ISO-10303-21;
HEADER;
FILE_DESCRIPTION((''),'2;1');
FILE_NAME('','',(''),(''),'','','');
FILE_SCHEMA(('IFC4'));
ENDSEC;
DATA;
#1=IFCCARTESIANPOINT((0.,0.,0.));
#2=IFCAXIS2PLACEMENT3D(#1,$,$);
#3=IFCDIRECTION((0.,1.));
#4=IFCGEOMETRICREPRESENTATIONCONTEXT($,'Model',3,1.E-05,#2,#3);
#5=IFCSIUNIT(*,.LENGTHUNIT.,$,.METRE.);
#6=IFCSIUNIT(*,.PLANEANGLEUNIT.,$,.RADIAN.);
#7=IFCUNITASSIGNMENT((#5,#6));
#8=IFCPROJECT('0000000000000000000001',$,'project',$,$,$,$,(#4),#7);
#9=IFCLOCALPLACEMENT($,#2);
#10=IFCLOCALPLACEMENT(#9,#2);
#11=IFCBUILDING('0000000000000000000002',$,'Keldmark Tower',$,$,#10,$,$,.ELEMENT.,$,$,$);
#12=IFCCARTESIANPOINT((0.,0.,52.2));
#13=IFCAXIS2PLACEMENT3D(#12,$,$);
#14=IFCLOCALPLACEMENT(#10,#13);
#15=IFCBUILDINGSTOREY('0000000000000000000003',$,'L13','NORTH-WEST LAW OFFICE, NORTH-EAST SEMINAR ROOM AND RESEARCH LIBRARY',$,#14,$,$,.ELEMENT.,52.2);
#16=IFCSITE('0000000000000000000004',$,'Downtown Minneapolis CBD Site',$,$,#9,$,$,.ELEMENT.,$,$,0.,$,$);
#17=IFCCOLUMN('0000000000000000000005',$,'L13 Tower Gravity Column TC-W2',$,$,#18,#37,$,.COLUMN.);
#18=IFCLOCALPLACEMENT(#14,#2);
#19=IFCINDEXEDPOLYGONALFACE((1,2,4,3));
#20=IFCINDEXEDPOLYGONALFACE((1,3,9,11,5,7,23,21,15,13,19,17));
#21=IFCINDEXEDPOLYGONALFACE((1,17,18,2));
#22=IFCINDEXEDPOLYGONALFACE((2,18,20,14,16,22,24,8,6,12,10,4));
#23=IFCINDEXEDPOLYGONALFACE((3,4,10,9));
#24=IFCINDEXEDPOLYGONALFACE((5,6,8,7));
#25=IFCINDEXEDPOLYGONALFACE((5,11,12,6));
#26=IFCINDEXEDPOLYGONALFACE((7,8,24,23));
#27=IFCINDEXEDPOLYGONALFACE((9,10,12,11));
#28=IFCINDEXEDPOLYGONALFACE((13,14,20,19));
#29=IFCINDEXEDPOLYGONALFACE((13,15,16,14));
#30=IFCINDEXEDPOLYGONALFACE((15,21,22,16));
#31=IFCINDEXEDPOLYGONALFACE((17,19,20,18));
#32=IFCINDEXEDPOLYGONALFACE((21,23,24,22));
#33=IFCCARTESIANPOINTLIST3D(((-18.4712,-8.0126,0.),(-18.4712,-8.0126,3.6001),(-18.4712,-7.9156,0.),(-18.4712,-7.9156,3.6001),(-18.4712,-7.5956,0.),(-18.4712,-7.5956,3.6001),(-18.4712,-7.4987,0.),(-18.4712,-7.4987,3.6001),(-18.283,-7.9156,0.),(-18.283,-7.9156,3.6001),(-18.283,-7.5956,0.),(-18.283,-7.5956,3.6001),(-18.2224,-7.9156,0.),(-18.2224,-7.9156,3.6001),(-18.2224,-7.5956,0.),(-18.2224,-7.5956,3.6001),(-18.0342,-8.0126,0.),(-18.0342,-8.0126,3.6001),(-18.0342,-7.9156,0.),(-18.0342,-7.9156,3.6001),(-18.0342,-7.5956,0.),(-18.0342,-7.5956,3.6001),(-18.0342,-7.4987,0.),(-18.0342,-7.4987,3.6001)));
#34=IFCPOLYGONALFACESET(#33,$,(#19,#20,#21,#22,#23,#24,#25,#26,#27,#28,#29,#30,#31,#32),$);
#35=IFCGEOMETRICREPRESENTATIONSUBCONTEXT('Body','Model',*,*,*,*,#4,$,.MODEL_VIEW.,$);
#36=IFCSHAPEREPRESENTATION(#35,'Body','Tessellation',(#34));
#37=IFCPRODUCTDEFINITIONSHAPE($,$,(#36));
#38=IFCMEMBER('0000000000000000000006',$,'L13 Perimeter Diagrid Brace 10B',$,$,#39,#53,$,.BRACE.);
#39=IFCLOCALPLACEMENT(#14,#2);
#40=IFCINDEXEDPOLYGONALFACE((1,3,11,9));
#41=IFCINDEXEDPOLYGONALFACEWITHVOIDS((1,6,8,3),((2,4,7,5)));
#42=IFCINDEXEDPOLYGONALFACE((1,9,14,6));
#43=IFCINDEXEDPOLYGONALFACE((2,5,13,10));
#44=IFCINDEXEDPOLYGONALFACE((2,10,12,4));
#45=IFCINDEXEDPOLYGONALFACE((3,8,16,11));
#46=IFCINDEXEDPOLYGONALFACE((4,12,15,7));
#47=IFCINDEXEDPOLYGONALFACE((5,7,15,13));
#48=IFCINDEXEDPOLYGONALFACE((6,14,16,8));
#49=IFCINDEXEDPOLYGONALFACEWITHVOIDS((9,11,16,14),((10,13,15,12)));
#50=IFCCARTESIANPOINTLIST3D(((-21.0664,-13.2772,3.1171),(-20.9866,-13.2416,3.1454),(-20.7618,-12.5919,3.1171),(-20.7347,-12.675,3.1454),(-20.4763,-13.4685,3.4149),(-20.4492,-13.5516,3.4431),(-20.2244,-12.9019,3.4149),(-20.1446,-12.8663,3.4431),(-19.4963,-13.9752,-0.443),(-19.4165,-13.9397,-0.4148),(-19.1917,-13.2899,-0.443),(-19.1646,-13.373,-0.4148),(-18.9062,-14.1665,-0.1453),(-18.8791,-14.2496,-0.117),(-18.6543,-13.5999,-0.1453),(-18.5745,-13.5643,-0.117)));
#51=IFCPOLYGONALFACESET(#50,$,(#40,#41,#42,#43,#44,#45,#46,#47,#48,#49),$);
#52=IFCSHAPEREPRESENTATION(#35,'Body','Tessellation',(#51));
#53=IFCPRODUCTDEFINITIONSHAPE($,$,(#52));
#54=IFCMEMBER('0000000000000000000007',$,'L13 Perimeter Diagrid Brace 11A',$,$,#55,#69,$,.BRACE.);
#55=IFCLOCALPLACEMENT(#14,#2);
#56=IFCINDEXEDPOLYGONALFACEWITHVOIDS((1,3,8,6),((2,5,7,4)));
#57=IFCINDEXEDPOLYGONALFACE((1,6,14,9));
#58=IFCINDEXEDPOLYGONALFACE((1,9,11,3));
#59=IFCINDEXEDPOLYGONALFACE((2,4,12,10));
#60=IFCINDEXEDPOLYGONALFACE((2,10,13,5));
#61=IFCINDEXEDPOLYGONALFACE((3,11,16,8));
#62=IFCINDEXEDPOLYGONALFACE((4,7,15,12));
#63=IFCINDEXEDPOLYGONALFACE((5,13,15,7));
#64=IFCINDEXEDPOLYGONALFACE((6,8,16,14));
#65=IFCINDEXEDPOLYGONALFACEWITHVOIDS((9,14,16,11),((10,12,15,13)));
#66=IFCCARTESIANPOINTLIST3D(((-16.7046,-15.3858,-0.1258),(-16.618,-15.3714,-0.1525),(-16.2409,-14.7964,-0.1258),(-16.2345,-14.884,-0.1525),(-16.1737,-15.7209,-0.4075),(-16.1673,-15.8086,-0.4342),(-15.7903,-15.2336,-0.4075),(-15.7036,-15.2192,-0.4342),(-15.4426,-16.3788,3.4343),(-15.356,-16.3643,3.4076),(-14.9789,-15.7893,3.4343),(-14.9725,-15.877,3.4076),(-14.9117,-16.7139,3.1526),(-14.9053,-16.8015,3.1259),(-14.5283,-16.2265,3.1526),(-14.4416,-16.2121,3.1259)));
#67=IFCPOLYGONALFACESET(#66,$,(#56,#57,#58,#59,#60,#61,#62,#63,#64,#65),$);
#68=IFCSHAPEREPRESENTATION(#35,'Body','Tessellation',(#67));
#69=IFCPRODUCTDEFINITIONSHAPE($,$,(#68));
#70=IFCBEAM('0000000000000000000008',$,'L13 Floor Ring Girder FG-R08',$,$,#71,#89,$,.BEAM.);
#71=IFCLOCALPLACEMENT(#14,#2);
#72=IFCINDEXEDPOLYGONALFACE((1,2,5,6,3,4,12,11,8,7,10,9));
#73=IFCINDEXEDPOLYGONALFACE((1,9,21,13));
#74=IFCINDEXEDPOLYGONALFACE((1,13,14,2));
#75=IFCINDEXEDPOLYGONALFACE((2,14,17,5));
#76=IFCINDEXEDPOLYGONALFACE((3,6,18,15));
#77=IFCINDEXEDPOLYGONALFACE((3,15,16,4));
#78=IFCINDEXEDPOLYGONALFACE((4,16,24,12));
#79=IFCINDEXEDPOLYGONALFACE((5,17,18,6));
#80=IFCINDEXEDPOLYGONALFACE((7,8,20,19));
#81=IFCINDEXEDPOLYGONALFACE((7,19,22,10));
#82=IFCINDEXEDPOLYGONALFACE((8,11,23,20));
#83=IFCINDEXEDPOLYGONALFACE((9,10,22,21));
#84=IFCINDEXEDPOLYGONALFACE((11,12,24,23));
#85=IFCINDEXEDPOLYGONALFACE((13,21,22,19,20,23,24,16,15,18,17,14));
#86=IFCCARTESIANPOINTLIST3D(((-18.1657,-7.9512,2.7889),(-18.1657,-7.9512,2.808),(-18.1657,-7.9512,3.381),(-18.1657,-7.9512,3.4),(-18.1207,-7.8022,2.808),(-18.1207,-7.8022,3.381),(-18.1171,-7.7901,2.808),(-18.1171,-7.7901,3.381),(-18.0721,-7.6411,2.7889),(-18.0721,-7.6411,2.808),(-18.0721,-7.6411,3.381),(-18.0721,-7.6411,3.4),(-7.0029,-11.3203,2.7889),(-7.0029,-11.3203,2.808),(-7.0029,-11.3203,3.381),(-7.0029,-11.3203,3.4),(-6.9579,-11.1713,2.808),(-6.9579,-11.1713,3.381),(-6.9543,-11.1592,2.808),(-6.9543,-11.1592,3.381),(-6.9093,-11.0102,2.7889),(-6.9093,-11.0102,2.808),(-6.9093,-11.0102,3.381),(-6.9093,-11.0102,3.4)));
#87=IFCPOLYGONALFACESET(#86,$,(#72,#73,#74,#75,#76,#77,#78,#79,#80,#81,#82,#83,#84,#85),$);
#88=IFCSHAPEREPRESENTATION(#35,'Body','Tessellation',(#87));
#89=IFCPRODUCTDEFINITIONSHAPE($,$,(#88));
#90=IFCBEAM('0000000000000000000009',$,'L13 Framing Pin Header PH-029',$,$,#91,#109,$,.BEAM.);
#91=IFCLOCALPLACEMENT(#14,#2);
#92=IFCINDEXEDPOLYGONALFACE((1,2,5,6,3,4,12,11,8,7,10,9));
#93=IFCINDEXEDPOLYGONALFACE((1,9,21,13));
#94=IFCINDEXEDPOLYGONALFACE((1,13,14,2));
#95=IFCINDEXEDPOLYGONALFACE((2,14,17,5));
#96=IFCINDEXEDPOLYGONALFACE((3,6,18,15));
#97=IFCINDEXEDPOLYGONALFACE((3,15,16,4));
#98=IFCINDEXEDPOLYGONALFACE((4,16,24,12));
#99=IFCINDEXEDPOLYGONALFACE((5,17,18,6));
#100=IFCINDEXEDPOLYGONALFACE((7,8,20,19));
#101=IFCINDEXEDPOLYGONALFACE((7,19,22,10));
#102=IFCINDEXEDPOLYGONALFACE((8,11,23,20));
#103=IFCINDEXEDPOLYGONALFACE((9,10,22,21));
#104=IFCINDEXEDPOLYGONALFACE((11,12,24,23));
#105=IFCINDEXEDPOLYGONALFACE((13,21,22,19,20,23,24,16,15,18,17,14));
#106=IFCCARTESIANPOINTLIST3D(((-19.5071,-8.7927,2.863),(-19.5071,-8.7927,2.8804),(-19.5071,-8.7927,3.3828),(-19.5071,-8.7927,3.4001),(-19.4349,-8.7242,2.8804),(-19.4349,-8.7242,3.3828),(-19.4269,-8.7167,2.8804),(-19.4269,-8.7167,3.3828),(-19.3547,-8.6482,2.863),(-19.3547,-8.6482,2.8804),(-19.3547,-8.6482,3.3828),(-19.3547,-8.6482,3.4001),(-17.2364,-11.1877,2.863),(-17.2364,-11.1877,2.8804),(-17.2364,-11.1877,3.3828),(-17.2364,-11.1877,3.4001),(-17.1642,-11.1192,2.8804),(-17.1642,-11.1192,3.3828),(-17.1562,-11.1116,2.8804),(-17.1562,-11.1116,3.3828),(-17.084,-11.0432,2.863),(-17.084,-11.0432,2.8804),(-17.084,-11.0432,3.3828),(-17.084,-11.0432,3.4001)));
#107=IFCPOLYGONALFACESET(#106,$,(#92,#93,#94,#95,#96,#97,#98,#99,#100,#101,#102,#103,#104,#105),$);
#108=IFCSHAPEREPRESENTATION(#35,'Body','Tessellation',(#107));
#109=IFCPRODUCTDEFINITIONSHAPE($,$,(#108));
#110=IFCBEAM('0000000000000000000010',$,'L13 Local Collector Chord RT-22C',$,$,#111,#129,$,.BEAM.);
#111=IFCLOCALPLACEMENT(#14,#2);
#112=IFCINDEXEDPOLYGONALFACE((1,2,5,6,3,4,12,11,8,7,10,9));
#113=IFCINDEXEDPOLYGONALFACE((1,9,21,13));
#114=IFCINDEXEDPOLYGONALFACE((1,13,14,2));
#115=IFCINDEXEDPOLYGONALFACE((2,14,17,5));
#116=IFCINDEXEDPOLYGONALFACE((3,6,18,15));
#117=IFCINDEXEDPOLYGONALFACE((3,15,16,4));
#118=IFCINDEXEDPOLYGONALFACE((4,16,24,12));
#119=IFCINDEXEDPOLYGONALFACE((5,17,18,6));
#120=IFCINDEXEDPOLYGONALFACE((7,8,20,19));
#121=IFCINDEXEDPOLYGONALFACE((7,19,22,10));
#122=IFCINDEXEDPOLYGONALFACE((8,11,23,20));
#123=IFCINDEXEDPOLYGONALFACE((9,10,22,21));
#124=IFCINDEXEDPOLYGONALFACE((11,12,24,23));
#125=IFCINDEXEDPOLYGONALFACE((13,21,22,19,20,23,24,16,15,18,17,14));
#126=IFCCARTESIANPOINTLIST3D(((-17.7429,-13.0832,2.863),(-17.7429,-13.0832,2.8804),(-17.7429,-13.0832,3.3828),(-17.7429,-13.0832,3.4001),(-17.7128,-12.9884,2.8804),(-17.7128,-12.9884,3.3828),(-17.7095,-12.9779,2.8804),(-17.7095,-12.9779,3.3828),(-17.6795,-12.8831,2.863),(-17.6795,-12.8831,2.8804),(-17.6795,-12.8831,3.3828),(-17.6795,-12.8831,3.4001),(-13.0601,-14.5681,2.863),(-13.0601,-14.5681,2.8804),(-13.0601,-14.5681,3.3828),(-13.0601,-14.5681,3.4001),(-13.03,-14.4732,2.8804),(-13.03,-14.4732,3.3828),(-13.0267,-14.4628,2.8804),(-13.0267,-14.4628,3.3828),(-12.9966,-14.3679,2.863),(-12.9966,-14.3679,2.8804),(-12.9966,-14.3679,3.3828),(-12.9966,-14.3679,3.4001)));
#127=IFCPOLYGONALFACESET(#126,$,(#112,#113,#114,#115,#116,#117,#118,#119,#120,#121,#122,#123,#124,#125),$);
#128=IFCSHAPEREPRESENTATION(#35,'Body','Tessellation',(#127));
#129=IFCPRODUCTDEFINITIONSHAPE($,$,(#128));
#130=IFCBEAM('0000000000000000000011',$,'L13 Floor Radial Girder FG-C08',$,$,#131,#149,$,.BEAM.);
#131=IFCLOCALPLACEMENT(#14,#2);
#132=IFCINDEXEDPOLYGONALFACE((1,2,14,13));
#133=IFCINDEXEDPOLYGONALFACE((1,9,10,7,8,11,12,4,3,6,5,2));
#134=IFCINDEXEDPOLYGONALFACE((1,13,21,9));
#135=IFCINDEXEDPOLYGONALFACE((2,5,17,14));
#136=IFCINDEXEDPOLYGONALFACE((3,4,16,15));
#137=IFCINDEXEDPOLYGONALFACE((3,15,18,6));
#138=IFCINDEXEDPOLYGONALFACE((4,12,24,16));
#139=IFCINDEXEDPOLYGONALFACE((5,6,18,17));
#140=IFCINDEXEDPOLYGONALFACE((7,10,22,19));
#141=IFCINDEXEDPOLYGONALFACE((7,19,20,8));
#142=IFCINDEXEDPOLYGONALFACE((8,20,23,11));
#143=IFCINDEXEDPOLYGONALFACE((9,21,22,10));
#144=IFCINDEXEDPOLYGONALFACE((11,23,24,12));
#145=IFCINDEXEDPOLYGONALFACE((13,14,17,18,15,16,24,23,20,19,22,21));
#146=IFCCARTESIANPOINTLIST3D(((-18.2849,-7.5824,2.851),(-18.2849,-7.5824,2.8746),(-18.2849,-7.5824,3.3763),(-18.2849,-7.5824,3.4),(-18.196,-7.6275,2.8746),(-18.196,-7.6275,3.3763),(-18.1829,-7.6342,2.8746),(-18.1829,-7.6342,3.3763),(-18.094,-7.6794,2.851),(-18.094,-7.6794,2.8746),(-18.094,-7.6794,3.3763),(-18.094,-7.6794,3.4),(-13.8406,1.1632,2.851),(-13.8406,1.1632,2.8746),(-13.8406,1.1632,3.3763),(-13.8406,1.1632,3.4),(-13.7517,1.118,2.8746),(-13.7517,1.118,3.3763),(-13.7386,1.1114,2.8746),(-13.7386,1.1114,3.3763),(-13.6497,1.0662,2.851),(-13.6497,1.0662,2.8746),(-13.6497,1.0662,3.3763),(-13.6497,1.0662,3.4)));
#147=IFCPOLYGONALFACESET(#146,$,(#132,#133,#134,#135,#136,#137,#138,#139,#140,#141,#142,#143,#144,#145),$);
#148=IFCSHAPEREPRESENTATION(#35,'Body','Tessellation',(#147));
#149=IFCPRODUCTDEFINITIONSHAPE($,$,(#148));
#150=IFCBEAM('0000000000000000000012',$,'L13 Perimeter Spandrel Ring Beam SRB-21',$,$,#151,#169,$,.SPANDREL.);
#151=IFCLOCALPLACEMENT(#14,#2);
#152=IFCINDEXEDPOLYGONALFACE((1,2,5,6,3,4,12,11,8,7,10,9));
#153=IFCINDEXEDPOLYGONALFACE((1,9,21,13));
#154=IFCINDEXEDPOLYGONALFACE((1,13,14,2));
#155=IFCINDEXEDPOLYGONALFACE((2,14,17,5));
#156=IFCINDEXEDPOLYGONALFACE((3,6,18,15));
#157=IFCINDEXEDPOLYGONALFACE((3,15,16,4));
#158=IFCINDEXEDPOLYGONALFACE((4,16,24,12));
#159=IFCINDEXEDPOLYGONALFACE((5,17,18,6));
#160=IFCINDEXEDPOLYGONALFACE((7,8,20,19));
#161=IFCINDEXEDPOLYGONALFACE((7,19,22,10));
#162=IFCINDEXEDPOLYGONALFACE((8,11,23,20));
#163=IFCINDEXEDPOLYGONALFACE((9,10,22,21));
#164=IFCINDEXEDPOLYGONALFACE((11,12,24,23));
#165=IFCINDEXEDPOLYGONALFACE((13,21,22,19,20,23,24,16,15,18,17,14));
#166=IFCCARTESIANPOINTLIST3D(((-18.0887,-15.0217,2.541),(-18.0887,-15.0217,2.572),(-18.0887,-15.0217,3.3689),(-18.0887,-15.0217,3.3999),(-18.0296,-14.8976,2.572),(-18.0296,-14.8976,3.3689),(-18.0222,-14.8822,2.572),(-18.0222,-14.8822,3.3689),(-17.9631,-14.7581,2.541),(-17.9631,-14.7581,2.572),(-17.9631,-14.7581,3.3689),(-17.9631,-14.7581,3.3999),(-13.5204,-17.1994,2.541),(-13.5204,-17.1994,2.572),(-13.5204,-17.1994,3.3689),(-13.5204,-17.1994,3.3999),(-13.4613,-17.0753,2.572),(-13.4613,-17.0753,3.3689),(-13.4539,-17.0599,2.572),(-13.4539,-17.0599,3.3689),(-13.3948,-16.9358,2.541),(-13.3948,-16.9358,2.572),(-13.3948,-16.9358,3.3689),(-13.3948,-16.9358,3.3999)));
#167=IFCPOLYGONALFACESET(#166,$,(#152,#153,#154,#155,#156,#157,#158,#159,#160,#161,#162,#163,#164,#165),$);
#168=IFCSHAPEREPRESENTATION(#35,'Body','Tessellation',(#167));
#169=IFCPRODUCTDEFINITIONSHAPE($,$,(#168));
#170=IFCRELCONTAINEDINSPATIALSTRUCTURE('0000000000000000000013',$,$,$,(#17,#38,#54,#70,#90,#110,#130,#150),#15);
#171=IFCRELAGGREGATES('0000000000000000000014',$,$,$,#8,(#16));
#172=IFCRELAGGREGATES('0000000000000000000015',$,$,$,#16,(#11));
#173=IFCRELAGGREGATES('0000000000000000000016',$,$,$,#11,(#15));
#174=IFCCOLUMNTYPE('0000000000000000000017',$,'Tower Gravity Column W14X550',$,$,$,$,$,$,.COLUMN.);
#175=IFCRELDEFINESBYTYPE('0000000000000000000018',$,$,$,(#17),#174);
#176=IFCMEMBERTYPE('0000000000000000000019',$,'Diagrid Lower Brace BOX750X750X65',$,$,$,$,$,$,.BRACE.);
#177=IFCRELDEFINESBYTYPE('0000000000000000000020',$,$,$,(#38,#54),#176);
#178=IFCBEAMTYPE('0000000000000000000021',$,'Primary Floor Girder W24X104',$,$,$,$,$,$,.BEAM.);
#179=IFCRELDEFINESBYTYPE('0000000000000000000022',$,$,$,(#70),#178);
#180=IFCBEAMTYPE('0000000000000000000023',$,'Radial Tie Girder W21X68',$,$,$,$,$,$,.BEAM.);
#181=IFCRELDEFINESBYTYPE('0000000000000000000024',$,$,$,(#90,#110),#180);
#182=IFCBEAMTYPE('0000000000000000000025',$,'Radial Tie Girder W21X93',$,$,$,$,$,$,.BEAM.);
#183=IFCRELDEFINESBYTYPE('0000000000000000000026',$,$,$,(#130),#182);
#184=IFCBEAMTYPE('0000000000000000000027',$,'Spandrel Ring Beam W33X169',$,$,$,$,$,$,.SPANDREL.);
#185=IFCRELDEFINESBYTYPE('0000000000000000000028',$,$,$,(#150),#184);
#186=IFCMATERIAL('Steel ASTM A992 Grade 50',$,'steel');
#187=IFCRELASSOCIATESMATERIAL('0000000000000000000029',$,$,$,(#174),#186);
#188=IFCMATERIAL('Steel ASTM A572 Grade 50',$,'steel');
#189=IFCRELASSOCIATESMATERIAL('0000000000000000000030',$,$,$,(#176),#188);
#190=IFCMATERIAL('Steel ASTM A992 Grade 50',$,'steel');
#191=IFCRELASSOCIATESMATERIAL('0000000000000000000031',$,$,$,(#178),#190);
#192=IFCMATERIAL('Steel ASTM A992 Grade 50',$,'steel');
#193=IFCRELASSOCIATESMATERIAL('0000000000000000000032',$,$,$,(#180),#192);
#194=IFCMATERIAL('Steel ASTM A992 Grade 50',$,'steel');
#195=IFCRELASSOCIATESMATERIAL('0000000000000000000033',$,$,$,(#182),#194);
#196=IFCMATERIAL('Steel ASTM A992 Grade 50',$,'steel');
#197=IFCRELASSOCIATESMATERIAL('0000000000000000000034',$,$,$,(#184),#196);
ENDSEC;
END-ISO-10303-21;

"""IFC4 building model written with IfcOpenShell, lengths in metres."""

from ifc_helpers import new_model, si_unit, direction, frame, origin, origin_2d, place, context, subcontext, project, spatial, hollow_rectangle, i_section, extrude, material, material_profile, profile_set, type_object, element, save


model = new_model("IFC4")

# Units and contexts
model_context = context("Model", 3, precision=1e-05, world=origin(), true_north=direction((0.0, 1.0)))
body_context = subcontext(model_context, "Body", "Model", "MODEL_VIEW")
ifc_project = project(units=[si_unit("LENGTHUNIT", "METRE"), si_unit("PLANEANGLEUNIT", "RADIAN")], contexts=[model_context])

# Site, building, storey
site_placement = place(None, origin())
site = spatial("IfcSite", under=ifc_project, at=site_placement, Name="Downtown Minneapolis CBD Site", CompositionType="ELEMENT", RefElevation=0.0)
building_placement = place(site_placement, origin())
building = spatial("IfcBuilding", under=site, at=building_placement, Name="Keldmark Tower", CompositionType="ELEMENT")
storey_placement = place(building_placement, frame((0.0, 0.0, 52.2)))
storey = spatial("IfcBuildingStorey", under=building, at=storey_placement, Name="L13", Description="NORTH-WEST LAW OFFICE, NORTH-EAST SEMINAR ROOM AND RESEARCH LIBRARY", CompositionType="ELEMENT", Elevation=52.2)

# Column
ifc_material_1 = material(Name="Steel ASTM A992 Grade 50", Category="steel")
ifc_material_profile_1 = material_profile(ifc_material_1, i_section(OverallWidth=0.437, OverallDepth=0.5139, WebThickness=0.0605, FlangeThickness=0.0969, at=origin_2d()), Name="W14X550")
ifc_profile_set_1 = profile_set([ifc_material_profile_1], Name="Steel ASTM A992 Grade 50")
column_type = type_object("IfcColumnType", Name="Tower Gravity Column W14X550", PredefinedType="COLUMN", material=ifc_profile_set_1)
column_placement = place(storey_placement, frame((-18.2527, -7.7556, 0.0), z_axis=(0.0, 0.0, 1.0), x_axis=(1.0, 0.0, 0.0)))
element("IfcColumn", 1, at=column_placement, inside=storey, type_object=column_type, Name="L13 Tower Gravity Column TC-W2", PredefinedType="COLUMN", context=body_context, shape_type="SweptSolid", body=[
    extrude(i_section(OverallWidth=0.437, OverallDepth=0.5139, WebThickness=0.0605, FlangeThickness=0.0969, at=origin_2d()), origin(), (0.0, 0.0, 1.0), 3.6001),
])

# Members
ifc_material_2 = material(Name="Steel ASTM A572 Grade 50", Category="steel")
ifc_material_profile_2 = material_profile(ifc_material_2, hollow_rectangle(XDim=0.75, YDim=0.75, WallThickness=0.0649, at=origin_2d()), Name="BOX750X750X65")
ifc_profile_set_2 = profile_set([ifc_material_profile_2], Name="Steel ASTM A572 Grade 50")
member_type = type_object("IfcMemberType", Name="Diagrid Lower Brace BOX750X750X65", PredefinedType="BRACE", material=ifc_profile_set_2)
member_1_placement = place(storey_placement, frame((-19.0354, -13.7698, -0.28), z_axis=(-0.397182, 0.176574, 0.900593), x_axis=(-0.406231, -0.913771, 0.0)))
element("IfcMember", 2, at=member_1_placement, inside=storey, type_object=member_type, Name="L13 Perimeter Diagrid Brace 10B", PredefinedType="BRACE", context=body_context, shape_type="SweptSolid", body=[
    extrude(hollow_rectangle(XDim=0.75, YDim=0.75, WallThickness=0.0649, at=origin_2d()), origin(), (0.0, 0.0, 1.0), 3.9531),
])
member_2_placement = place(storey_placement, frame((-16.2041, -15.3025, -0.28), z_axis=(0.32313, -0.25424, 0.911564), x_axis=(0.618352, 0.785901, 0.0)))
element("IfcMember", 3, at=member_2_placement, inside=storey, type_object=member_type, Name="L13 Perimeter Diagrid Brace 11A", PredefinedType="BRACE", context=body_context, shape_type="SweptSolid", body=[
    extrude(hollow_rectangle(XDim=0.75, YDim=0.75, WallThickness=0.0649, at=origin_2d()), origin(), (0.0, 0.0, 1.0), 3.9055),
])

# Beams
ifc_material_3 = material(Name="Steel ASTM A992 Grade 50", Category="steel")
ifc_material_profile_3 = material_profile(ifc_material_3, i_section(OverallWidth=0.324, OverallDepth=0.6111, WebThickness=0.0127, FlangeThickness=0.019, at=origin_2d()), Name="W24X104")
ifc_profile_set_3 = profile_set([ifc_material_profile_3], Name="Steel ASTM A992 Grade 50")
beam_type_1 = type_object("IfcBeamType", Name="Primary Floor Girder W24X104", PredefinedType="BEAM", material=ifc_profile_set_3)
beam_1_placement = place(storey_placement, frame((-18.1189, -7.7961, 3.0945), z_axis=(0.957346, -0.288944, 0.0), x_axis=(0.288944, 0.957346, 0.0)))
element("IfcBeam", 4, at=beam_1_placement, inside=storey, type_object=beam_type_1, Name="L13 Floor Ring Girder FG-R08", PredefinedType="BEAM", context=body_context, shape_type="SweptSolid", body=[
    extrude(i_section(OverallWidth=0.324, OverallDepth=0.6111, WebThickness=0.0127, FlangeThickness=0.019, at=origin_2d()), origin(), (0.0, 0.0, 1.0), 11.6602),
])
ifc_material_4 = material(Name="Steel ASTM A992 Grade 50", Category="steel")
ifc_material_profile_4 = material_profile(ifc_material_4, i_section(OverallWidth=0.21, OverallDepth=0.5371, WebThickness=0.011, FlangeThickness=0.0173, at=origin_2d()), Name="W21X68")
ifc_profile_set_4 = profile_set([ifc_material_profile_4], Name="Steel ASTM A992 Grade 50")
beam_type_2 = type_object("IfcBeamType", Name="Radial Tie Girder W21X68", PredefinedType="BEAM", material=ifc_profile_set_4)
beam_2_placement = place(storey_placement, frame((-19.4309, -8.7205, 3.1316), z_axis=(0.68803, -0.725682, 0.0), x_axis=(0.725682, 0.68803, 0.0)))
element("IfcBeam", 5, at=beam_2_placement, inside=storey, type_object=beam_type_2, Name="L13 Framing Pin Header PH-029", PredefinedType="BEAM", context=body_context, shape_type="SweptSolid", body=[
    extrude(i_section(OverallWidth=0.21, OverallDepth=0.5371, WebThickness=0.011, FlangeThickness=0.0173, at=origin_2d()), origin(), (0.0, 0.0, 1.0), 3.3003),
])
beam_3_placement = place(storey_placement, frame((-17.7112, -12.9832, 3.1316), z_axis=(0.953227, -0.302254, 0.0), x_axis=(0.302254, 0.953227, 0.0)))
element("IfcBeam", 6, at=beam_3_placement, inside=storey, type_object=beam_type_2, Name="L13 Local Collector Chord RT-22C", PredefinedType="BEAM", context=body_context, shape_type="SweptSolid", body=[
    extrude(i_section(OverallWidth=0.21, OverallDepth=0.5371, WebThickness=0.011, FlangeThickness=0.0173, at=origin_2d()), origin(), (0.0, 0.0, 1.0), 4.9126),
])
ifc_material_5 = material(Name="Steel ASTM A992 Grade 50", Category="steel")
ifc_material_profile_5 = material_profile(ifc_material_5, i_section(OverallWidth=0.2141, OverallDepth=0.5491, WebThickness=0.0146, FlangeThickness=0.0237, at=origin_2d()), Name="W21X93")
ifc_profile_set_5 = profile_set([ifc_material_profile_5], Name="Steel ASTM A992 Grade 50")
beam_type_3 = type_object("IfcBeamType", Name="Radial Tie Girder W21X93", PredefinedType="BEAM", material=ifc_profile_set_5)
beam_4_placement = place(storey_placement, frame((-18.1895, -7.6309, 3.1255), z_axis=(0.453038, 0.891491, 0.0), x_axis=(-0.891491, 0.453038, 0.0)))
element("IfcBeam", 7, at=beam_4_placement, inside=storey, type_object=beam_type_3, Name="L13 Floor Radial Girder FG-C08", PredefinedType="BEAM", context=body_context, shape_type="SweptSolid", body=[
    extrude(i_section(OverallWidth=0.2141, OverallDepth=0.5491, WebThickness=0.0146, FlangeThickness=0.0237, at=origin_2d()), origin(), (0.0, 0.0, 1.0), 9.8101),
])
ifc_material_6 = material(Name="Steel ASTM A992 Grade 50", Category="steel")
ifc_material_profile_6 = material_profile(ifc_material_6, i_section(OverallWidth=0.292, OverallDepth=0.8589, WebThickness=0.0171, FlangeThickness=0.031, at=origin_2d()), Name="W33X169")
ifc_profile_set_6 = profile_set([ifc_material_profile_6], Name="Steel ASTM A992 Grade 50")
beam_type_4 = type_object("IfcBeamType", Name="Spandrel Ring Beam W33X169", PredefinedType="SPANDREL", material=ifc_profile_set_6)
beam_5_placement = place(storey_placement, frame((-18.0259, -14.8899, 2.9705), z_axis=(0.902682, -0.430308, 0.0), x_axis=(0.430308, 0.902682, 0.0)))
element("IfcBeam", 8, at=beam_5_placement, inside=storey, type_object=beam_type_4, Name="L13 Perimeter Spandrel Ring Beam SRB-21", PredefinedType="SPANDREL", context=body_context, shape_type="SweptSolid", body=[
    extrude(i_section(OverallWidth=0.292, OverallDepth=0.8589, WebThickness=0.0171, FlangeThickness=0.031, at=origin_2d()), origin(), (0.0, 0.0, 1.0), 5.0608),
])

save(model, "model.ifc")
